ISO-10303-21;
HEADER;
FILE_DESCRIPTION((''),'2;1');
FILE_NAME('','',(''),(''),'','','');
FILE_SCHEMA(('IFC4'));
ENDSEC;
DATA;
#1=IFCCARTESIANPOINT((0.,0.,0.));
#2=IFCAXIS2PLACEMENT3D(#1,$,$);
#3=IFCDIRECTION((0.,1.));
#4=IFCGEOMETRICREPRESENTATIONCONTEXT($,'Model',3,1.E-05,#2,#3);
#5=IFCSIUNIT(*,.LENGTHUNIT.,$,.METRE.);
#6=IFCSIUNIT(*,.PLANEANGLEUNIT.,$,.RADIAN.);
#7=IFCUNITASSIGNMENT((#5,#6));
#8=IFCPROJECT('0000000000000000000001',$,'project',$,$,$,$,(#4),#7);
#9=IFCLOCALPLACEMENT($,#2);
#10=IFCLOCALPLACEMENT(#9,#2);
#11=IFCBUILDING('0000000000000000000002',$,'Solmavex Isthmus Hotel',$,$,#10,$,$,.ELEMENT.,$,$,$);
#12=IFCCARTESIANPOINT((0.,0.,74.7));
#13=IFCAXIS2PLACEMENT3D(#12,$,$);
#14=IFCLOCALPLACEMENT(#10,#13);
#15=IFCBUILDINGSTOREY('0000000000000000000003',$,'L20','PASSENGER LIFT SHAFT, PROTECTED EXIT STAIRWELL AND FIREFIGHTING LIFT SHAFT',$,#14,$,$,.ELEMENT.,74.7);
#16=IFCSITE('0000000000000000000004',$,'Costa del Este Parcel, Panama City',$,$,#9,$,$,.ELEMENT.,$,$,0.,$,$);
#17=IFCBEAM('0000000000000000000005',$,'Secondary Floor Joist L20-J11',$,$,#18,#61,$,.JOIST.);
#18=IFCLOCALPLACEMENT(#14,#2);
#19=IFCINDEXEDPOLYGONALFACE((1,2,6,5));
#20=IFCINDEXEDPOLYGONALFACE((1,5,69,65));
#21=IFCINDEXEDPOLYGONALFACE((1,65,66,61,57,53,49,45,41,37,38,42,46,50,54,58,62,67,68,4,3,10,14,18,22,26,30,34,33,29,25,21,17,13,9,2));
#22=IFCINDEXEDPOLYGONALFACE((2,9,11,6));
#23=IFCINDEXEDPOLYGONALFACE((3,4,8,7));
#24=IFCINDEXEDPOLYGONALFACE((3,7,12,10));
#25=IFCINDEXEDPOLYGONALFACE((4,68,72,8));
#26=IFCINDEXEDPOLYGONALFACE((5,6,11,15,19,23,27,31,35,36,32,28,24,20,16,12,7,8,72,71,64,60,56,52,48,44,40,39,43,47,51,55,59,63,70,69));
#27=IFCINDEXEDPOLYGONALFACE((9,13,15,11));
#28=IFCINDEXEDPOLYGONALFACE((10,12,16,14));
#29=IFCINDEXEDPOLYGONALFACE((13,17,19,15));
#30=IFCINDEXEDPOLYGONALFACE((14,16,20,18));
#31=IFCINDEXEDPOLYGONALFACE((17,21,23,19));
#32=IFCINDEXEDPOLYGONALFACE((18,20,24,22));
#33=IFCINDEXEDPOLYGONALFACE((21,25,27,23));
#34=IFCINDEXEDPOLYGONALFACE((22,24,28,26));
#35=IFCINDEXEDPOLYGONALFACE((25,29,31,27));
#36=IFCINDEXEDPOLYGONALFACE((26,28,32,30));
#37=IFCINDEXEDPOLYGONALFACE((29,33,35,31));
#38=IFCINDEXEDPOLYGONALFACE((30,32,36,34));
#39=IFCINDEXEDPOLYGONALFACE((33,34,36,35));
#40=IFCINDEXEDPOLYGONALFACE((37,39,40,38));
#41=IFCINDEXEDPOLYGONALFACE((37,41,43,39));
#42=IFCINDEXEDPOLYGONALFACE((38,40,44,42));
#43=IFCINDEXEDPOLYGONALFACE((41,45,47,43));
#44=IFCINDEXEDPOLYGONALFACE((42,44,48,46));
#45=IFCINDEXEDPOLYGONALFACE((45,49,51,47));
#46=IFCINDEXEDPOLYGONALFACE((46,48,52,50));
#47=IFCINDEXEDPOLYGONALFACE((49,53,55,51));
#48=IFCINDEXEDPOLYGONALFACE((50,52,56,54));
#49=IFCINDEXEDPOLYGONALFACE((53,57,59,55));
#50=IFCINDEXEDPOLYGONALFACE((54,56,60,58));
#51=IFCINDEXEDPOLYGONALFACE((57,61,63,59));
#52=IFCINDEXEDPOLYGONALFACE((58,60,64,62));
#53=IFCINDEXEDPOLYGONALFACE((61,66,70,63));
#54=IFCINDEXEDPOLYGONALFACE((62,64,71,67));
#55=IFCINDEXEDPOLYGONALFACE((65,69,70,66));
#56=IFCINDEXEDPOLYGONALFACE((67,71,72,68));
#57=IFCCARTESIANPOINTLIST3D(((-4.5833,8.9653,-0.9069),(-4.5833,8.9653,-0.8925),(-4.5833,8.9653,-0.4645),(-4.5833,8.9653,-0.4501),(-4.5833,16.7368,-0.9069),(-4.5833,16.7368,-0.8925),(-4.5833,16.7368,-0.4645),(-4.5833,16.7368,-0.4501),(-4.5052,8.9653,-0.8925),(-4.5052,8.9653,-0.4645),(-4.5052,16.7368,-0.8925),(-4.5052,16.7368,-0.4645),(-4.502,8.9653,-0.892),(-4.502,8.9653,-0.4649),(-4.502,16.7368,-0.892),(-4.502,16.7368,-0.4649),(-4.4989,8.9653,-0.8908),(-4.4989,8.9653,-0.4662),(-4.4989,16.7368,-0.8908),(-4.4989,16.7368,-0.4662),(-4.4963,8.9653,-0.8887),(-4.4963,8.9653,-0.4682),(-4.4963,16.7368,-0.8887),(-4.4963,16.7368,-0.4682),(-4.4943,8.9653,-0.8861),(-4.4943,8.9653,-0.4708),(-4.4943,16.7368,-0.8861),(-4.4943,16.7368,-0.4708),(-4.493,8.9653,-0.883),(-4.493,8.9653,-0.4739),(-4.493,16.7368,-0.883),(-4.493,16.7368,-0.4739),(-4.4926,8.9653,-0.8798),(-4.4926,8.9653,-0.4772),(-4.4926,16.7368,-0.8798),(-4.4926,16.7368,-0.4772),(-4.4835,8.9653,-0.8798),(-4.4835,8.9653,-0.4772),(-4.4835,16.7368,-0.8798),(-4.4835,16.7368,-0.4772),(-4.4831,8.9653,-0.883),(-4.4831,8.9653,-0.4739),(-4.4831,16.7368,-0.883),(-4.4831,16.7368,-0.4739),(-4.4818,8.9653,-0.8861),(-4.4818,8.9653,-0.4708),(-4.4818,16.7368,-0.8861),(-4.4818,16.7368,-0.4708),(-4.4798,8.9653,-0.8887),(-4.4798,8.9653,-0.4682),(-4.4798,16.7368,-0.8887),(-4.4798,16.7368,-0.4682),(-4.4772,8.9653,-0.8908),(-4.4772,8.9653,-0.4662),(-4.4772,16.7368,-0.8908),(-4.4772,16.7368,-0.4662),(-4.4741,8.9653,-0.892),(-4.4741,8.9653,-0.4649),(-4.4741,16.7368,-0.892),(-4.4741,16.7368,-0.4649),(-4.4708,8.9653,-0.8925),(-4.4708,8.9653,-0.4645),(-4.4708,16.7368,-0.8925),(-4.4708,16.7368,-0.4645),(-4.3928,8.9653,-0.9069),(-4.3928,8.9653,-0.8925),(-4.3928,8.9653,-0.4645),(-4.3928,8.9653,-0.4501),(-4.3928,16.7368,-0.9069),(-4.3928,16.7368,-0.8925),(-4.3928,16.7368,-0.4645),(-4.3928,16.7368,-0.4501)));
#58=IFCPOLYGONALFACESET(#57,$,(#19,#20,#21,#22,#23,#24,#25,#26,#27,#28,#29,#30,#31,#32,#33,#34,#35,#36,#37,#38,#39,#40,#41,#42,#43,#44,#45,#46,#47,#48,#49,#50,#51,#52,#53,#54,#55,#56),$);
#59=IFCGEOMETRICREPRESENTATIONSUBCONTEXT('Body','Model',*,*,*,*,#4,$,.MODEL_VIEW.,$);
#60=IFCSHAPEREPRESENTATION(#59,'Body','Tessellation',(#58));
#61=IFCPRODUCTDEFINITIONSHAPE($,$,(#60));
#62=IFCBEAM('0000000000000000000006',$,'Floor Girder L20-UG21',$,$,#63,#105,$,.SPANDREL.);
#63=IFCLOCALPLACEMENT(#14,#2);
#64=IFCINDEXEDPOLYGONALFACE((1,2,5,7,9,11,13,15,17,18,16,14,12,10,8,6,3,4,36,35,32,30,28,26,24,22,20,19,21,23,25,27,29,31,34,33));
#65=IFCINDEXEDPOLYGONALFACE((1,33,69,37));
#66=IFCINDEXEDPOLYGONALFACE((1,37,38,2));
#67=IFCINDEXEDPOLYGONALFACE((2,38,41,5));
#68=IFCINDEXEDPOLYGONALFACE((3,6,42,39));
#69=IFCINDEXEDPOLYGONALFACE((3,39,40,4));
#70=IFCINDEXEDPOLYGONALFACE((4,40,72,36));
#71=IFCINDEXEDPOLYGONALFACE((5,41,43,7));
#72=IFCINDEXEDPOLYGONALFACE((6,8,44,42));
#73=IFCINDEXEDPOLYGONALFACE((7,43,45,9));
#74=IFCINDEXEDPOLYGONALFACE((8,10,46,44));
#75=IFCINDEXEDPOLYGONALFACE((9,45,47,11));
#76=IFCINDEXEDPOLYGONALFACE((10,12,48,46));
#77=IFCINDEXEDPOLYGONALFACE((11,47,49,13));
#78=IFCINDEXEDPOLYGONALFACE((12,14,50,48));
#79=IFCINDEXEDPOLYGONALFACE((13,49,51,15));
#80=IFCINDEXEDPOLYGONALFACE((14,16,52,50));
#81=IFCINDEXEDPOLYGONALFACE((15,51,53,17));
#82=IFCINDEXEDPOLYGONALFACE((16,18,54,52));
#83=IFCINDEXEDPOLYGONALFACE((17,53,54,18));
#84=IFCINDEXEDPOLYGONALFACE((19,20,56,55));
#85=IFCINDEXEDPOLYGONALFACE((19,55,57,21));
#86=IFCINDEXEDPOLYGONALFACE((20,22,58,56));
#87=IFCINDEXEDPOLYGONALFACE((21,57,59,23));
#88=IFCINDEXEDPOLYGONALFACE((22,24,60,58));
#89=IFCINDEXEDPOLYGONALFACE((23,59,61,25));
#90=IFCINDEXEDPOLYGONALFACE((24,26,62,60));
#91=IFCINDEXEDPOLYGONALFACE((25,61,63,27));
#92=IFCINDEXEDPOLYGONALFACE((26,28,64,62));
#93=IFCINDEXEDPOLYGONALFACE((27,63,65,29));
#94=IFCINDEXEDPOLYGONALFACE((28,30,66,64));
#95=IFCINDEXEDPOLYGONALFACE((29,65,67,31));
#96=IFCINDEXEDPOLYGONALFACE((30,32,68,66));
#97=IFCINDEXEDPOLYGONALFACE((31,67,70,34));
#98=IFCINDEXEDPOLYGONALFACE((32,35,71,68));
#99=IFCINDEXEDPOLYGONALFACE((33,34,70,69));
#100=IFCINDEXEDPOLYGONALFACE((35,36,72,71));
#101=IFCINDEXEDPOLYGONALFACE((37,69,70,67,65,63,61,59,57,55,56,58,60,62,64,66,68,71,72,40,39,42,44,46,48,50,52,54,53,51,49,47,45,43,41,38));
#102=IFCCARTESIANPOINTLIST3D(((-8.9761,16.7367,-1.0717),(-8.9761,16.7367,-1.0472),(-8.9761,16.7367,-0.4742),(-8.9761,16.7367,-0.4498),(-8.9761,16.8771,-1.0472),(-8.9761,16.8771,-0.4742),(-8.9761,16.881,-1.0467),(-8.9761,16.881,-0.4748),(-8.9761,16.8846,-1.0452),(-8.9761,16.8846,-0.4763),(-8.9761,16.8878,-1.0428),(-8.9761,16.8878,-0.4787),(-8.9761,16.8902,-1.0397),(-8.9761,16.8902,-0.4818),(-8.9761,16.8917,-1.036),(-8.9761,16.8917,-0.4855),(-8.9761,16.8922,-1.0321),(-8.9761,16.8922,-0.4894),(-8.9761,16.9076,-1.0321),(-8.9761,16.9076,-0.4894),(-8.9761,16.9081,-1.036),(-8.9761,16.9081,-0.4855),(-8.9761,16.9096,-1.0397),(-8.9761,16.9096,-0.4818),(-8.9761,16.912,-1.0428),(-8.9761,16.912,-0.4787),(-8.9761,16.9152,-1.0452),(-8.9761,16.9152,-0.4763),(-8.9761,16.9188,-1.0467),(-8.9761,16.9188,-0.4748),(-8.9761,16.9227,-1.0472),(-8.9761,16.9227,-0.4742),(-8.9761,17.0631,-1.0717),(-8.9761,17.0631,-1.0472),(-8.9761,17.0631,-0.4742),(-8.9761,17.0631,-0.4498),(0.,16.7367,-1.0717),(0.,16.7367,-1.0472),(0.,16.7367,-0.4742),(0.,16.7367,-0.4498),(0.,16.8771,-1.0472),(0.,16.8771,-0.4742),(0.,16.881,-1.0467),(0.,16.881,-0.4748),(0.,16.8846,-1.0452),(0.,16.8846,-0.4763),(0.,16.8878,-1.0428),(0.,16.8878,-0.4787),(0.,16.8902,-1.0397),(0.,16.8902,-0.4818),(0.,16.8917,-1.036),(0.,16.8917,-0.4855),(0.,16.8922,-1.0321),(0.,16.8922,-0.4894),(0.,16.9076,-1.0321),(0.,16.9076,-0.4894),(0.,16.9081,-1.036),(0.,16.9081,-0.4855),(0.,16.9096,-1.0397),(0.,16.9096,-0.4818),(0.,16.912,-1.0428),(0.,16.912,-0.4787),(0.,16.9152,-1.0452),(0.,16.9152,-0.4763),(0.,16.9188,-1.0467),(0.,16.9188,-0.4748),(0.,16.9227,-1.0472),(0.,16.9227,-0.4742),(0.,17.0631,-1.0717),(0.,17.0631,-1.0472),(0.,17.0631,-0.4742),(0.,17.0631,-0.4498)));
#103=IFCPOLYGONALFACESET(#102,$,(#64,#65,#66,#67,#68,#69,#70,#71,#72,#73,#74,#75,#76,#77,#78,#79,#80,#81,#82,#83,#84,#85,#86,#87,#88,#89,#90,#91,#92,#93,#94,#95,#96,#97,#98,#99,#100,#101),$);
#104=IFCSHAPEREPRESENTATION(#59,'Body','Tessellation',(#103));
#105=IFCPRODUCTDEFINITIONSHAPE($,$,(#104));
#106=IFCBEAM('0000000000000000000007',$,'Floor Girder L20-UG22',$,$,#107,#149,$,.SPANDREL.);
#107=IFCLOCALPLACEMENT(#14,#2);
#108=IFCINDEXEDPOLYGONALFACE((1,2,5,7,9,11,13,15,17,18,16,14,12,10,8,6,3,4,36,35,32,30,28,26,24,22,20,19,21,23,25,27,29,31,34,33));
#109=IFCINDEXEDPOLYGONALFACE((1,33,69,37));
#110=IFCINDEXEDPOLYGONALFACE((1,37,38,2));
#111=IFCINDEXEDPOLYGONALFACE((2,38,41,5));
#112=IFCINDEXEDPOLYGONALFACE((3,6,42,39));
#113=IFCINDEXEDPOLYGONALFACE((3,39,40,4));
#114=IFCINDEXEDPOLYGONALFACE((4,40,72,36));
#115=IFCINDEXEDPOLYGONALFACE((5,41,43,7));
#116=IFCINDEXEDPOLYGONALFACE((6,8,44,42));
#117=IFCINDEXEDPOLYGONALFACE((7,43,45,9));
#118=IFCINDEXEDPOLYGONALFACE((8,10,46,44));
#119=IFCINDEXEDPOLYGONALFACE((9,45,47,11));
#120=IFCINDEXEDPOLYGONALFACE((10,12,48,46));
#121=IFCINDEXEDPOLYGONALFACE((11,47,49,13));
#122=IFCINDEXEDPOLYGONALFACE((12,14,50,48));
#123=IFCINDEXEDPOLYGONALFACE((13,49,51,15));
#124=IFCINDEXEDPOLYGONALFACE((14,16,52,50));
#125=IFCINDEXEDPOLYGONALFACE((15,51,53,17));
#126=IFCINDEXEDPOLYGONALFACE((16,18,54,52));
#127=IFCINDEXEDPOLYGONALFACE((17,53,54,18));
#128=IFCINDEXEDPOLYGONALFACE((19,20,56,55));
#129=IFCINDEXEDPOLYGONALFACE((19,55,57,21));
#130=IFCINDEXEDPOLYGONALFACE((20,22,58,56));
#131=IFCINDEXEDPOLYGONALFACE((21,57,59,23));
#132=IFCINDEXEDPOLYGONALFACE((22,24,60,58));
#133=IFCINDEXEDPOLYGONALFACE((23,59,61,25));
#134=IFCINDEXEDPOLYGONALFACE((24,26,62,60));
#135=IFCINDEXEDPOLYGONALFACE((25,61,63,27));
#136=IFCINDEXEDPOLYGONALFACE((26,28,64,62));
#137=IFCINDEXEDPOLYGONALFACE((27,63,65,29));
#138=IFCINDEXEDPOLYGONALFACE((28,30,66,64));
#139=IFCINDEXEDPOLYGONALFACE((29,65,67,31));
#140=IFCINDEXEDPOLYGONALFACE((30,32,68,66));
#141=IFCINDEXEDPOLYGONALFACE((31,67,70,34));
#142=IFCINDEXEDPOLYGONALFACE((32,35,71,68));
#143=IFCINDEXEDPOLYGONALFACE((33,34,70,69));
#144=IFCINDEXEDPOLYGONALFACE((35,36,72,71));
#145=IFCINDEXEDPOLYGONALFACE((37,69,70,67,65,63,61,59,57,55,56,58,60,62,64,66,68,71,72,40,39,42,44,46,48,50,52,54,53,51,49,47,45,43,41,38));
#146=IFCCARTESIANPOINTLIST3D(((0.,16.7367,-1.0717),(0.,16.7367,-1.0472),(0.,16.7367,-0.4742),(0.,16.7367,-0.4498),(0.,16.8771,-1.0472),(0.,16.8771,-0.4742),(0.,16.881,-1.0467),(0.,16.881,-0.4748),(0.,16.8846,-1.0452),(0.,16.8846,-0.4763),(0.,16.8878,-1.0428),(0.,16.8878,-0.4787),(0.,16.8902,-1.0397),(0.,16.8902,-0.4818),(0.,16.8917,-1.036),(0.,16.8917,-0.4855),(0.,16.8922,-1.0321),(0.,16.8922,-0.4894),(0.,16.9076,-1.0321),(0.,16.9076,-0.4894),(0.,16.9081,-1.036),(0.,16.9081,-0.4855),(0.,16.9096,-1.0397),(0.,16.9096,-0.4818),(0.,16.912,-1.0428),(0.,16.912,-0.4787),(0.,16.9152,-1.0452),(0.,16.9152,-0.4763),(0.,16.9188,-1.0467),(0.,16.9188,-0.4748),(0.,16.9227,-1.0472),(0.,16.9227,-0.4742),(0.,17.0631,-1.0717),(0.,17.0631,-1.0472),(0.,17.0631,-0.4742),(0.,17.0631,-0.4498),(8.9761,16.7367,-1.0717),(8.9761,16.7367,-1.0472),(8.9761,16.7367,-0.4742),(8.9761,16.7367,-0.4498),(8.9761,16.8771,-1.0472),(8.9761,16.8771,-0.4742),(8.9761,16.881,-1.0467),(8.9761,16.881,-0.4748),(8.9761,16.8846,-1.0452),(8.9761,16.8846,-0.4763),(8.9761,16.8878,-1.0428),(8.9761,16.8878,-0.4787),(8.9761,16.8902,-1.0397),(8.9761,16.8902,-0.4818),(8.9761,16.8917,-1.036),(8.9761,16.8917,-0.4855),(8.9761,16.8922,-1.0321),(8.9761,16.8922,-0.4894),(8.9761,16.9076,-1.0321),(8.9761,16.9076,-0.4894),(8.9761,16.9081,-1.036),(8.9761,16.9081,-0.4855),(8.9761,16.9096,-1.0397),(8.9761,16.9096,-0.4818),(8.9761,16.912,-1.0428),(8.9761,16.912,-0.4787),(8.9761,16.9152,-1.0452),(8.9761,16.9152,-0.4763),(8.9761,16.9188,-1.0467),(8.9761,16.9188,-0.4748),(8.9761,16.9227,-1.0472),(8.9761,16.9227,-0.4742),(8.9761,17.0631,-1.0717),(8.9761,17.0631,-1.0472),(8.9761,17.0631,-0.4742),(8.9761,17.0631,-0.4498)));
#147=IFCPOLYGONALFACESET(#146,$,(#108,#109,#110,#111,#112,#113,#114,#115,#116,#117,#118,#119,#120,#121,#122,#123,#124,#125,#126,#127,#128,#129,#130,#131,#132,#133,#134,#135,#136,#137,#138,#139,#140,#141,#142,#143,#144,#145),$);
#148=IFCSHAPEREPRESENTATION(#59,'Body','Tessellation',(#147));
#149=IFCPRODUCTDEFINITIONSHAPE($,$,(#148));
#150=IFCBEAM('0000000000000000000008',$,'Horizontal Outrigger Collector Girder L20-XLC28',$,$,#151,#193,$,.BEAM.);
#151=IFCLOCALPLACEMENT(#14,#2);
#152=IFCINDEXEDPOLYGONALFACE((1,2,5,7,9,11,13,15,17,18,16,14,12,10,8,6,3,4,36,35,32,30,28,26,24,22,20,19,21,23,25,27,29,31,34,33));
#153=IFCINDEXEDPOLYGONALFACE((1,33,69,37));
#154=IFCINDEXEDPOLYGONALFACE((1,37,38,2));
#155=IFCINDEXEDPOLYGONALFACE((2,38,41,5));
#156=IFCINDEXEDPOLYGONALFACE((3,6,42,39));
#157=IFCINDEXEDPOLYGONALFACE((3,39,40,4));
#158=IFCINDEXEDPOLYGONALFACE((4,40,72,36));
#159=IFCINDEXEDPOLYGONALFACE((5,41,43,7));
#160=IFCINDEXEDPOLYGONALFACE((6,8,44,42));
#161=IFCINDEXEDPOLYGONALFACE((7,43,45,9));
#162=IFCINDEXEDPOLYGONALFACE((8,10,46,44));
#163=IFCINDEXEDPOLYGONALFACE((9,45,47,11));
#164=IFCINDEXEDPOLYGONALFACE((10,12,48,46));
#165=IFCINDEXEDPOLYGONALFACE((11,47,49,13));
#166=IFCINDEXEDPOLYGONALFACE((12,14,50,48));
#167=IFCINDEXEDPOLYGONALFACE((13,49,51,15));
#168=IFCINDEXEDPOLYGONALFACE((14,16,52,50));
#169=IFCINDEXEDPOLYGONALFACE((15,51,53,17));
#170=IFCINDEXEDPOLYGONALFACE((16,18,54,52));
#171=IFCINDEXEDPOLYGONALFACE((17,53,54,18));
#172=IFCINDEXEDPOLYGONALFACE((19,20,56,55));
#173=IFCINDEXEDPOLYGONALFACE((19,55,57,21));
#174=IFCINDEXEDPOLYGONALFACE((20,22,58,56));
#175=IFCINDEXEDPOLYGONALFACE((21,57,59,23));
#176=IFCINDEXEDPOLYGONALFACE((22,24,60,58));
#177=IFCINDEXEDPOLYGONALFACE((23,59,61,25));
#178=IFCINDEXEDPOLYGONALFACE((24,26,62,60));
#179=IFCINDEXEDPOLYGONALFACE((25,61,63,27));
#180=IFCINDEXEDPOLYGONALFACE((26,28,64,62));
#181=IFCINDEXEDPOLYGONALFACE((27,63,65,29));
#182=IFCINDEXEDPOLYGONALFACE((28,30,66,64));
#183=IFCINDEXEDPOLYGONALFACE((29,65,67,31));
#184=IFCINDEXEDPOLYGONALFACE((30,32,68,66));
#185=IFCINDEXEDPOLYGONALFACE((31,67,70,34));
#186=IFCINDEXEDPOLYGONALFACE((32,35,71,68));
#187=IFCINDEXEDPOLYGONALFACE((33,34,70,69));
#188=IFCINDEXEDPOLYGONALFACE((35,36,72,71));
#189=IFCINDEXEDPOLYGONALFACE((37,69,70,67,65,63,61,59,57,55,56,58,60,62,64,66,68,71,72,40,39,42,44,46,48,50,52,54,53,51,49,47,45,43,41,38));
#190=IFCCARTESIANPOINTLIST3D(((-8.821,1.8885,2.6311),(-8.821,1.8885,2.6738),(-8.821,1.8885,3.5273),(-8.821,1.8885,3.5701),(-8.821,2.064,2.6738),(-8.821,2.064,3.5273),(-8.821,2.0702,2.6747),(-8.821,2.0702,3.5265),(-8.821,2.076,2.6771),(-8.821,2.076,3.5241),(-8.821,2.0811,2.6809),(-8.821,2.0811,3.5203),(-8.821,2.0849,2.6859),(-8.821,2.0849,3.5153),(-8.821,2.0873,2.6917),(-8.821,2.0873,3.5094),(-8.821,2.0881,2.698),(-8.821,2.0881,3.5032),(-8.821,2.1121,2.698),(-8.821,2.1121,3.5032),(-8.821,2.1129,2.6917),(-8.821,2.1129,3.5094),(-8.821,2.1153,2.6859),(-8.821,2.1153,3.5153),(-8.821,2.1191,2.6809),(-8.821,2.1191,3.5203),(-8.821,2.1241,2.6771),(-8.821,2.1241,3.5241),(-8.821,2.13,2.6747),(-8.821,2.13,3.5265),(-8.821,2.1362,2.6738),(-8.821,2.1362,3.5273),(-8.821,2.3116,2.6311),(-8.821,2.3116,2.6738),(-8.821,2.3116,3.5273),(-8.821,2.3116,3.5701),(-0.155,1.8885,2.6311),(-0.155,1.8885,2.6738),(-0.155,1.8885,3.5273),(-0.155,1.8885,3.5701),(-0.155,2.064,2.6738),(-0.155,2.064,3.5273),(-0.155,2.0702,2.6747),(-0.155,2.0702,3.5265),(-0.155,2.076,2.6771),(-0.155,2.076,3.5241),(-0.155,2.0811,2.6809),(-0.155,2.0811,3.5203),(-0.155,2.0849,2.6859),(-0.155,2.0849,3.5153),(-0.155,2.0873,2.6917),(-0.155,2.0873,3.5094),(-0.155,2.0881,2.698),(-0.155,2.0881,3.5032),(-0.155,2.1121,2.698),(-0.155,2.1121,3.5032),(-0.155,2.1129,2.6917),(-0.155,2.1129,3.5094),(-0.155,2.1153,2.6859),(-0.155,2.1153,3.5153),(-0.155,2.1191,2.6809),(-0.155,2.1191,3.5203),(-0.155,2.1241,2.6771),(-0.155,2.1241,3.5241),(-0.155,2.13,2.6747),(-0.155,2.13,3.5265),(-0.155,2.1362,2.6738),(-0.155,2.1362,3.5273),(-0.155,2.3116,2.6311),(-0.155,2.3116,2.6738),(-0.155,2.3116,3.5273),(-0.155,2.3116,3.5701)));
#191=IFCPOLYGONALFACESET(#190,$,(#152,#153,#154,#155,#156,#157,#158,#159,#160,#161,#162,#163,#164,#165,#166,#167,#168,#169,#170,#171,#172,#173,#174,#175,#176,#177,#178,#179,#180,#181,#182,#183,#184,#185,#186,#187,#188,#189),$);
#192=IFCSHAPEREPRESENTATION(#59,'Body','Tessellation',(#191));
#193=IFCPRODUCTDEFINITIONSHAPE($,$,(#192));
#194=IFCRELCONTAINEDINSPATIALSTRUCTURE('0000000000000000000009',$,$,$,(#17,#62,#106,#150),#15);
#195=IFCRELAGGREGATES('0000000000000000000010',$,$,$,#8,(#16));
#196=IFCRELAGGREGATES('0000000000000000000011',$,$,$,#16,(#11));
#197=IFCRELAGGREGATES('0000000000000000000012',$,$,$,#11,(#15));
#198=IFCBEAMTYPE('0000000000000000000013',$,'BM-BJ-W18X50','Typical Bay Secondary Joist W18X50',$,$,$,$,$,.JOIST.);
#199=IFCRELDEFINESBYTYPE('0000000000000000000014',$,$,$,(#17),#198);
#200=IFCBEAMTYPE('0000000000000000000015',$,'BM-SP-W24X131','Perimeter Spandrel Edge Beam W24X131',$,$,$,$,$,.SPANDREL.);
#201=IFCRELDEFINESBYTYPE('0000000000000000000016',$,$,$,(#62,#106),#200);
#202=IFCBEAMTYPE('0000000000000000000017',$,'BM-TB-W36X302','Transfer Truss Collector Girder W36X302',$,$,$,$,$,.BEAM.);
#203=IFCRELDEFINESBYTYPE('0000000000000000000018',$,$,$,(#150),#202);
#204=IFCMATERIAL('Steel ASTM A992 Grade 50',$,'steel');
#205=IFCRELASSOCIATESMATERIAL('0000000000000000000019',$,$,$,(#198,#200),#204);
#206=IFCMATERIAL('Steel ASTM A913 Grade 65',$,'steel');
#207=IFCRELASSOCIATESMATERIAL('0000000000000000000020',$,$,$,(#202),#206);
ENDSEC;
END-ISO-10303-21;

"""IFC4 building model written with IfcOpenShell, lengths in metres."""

from ifc_helpers import new_model, si_unit, direction, frame, origin, origin_2d, place, context, subcontext, project, spatial, i_section, extrude, material, material_profile, profile_set, type_object, element, save


model = new_model("IFC4")

# Units and contexts
model_context = context("Model", 3, precision=1e-05, world=origin(), true_north=direction((0.0, 1.0)))
body_context = subcontext(model_context, "Body", "Model", "MODEL_VIEW")
ifc_project = project(units=[si_unit("LENGTHUNIT", "METRE"), si_unit("PLANEANGLEUNIT", "RADIAN")], contexts=[model_context])

# Site, building, storey
site_placement = place(None, origin())
site = spatial("IfcSite", under=ifc_project, at=site_placement, Name="Costa del Este Parcel, Panama City", CompositionType="ELEMENT", RefElevation=0.0)
building_placement = place(site_placement, origin())
building = spatial("IfcBuilding", under=site, at=building_placement, Name="Solmavex Isthmus Hotel", CompositionType="ELEMENT")
storey_placement = place(building_placement, frame((0.0, 0.0, 74.7)))
storey = spatial("IfcBuildingStorey", under=building, at=storey_placement, Name="L20", Description="PASSENGER LIFT SHAFT, PROTECTED EXIT STAIRWELL AND FIREFIGHTING LIFT SHAFT", CompositionType="ELEMENT", Elevation=74.7)

# Shared definitions
ifc_material_1 = material(Name="Steel ASTM A913 Grade 65", Category="steel")

# Beams
ifc_material_2 = material(Name="Steel ASTM A992 Grade 50", Category="steel")
ifc_material_profile_1 = material_profile(ifc_material_2, i_section(OverallWidth=0.1904, OverallDepth=0.4568, WebThickness=0.009, FlangeThickness=0.0144, FilletRadius=0.0127, at=origin_2d()), Name="W18X50")
ifc_profile_set_1 = profile_set([ifc_material_profile_1], Name="Steel ASTM A992 Grade 50")
beam_type_1 = type_object("IfcBeamType", Name="BM-BJ-W18X50", Description="Typical Bay Secondary Joist W18X50", PredefinedType="JOIST", material=ifc_profile_set_1)
beam_1_placement = place(storey_placement, frame((-4.488, 8.9653, -0.6785), z_axis=(0.0, 1.0, 0.0), x_axis=(-1.0, 0.0, 0.0)))
element("IfcBeam", 1, at=beam_1_placement, inside=storey, type_object=beam_type_1, Name="Secondary Floor Joist L20-J11", PredefinedType="JOIST", context=body_context, shape_type="SweptSolid", body=[
    extrude(i_section(OverallWidth=0.1904, OverallDepth=0.4568, WebThickness=0.009, FlangeThickness=0.0144, FilletRadius=0.0127, at=origin_2d()), origin(), (0.0, 0.0, 1.0), 7.7715),
])
ifc_material_profile_2 = material_profile(ifc_material_2, i_section(OverallWidth=0.3264, OverallDepth=0.6218, WebThickness=0.0154, FlangeThickness=0.0244, FilletRadius=0.0151, at=origin_2d()), Name="W24X131")
ifc_profile_set_2 = profile_set([ifc_material_profile_2], Name="Steel ASTM A992 Grade 50")
beam_type_2 = type_object("IfcBeamType", Name="BM-SP-W24X131", Description="Perimeter Spandrel Edge Beam W24X131", PredefinedType="SPANDREL", material=ifc_profile_set_2)
for number, where, z_axis, x_axis, name in (
    (2, (-8.9761, 16.8999, -0.7607), (1.0, 0.0, 0.0), (0.0, 1.0, 0.0), "Floor Girder L20-UG21"),
    (3, (0.0, 16.8999, -0.7607), (1.0, 0.0, 0.0), (0.0, 1.0, 0.0), "Floor Girder L20-UG22"),
):
    element("IfcBeam", number, at=place(storey_placement, frame(where, z_axis=z_axis, x_axis=x_axis)), inside=storey, type_object=beam_type_2, Name=name, PredefinedType="SPANDREL", context=body_context, shape_type="SweptSolid", body=[
        extrude(i_section(OverallWidth=0.3264, OverallDepth=0.6218, WebThickness=0.0154, FlangeThickness=0.0244, FilletRadius=0.0151, at=origin_2d()), origin(), (0.0, 0.0, 1.0), 8.9761),
    ])
ifc_material_profile_3 = material_profile(ifc_material_1, i_section(OverallWidth=0.4231, OverallDepth=0.939, WebThickness=0.0239, FlangeThickness=0.0427, FilletRadius=0.0242, at=origin_2d()), Name="W36X302")
ifc_profile_set_3 = profile_set([ifc_material_profile_3], Name="Steel ASTM A913 Grade 65")
beam_type_3 = type_object("IfcBeamType", Name="BM-TB-W36X302", Description="Transfer Truss Collector Girder W36X302", PredefinedType="BEAM", material=ifc_profile_set_3)
for number, where, z_axis, x_axis, name in (
    (4, (-8.821, 2.1001, 3.1006), (1.0, 0.0, 0.0), (0.0, 1.0, 0.0), "Horizontal Outrigger Collector Girder L20-XLC28"),
):
    element("IfcBeam", number, at=place(storey_placement, frame(where, z_axis=z_axis, x_axis=x_axis)), inside=storey, type_object=beam_type_3, Name=name, PredefinedType="BEAM", context=body_context, shape_type="SweptSolid", body=[
        extrude(i_section(OverallWidth=0.4231, OverallDepth=0.939, WebThickness=0.0239, FlangeThickness=0.0427, FilletRadius=0.0242, at=origin_2d()), origin(), (0.0, 0.0, 1.0), 8.666),
    ])

save(model, "model.ifc")
